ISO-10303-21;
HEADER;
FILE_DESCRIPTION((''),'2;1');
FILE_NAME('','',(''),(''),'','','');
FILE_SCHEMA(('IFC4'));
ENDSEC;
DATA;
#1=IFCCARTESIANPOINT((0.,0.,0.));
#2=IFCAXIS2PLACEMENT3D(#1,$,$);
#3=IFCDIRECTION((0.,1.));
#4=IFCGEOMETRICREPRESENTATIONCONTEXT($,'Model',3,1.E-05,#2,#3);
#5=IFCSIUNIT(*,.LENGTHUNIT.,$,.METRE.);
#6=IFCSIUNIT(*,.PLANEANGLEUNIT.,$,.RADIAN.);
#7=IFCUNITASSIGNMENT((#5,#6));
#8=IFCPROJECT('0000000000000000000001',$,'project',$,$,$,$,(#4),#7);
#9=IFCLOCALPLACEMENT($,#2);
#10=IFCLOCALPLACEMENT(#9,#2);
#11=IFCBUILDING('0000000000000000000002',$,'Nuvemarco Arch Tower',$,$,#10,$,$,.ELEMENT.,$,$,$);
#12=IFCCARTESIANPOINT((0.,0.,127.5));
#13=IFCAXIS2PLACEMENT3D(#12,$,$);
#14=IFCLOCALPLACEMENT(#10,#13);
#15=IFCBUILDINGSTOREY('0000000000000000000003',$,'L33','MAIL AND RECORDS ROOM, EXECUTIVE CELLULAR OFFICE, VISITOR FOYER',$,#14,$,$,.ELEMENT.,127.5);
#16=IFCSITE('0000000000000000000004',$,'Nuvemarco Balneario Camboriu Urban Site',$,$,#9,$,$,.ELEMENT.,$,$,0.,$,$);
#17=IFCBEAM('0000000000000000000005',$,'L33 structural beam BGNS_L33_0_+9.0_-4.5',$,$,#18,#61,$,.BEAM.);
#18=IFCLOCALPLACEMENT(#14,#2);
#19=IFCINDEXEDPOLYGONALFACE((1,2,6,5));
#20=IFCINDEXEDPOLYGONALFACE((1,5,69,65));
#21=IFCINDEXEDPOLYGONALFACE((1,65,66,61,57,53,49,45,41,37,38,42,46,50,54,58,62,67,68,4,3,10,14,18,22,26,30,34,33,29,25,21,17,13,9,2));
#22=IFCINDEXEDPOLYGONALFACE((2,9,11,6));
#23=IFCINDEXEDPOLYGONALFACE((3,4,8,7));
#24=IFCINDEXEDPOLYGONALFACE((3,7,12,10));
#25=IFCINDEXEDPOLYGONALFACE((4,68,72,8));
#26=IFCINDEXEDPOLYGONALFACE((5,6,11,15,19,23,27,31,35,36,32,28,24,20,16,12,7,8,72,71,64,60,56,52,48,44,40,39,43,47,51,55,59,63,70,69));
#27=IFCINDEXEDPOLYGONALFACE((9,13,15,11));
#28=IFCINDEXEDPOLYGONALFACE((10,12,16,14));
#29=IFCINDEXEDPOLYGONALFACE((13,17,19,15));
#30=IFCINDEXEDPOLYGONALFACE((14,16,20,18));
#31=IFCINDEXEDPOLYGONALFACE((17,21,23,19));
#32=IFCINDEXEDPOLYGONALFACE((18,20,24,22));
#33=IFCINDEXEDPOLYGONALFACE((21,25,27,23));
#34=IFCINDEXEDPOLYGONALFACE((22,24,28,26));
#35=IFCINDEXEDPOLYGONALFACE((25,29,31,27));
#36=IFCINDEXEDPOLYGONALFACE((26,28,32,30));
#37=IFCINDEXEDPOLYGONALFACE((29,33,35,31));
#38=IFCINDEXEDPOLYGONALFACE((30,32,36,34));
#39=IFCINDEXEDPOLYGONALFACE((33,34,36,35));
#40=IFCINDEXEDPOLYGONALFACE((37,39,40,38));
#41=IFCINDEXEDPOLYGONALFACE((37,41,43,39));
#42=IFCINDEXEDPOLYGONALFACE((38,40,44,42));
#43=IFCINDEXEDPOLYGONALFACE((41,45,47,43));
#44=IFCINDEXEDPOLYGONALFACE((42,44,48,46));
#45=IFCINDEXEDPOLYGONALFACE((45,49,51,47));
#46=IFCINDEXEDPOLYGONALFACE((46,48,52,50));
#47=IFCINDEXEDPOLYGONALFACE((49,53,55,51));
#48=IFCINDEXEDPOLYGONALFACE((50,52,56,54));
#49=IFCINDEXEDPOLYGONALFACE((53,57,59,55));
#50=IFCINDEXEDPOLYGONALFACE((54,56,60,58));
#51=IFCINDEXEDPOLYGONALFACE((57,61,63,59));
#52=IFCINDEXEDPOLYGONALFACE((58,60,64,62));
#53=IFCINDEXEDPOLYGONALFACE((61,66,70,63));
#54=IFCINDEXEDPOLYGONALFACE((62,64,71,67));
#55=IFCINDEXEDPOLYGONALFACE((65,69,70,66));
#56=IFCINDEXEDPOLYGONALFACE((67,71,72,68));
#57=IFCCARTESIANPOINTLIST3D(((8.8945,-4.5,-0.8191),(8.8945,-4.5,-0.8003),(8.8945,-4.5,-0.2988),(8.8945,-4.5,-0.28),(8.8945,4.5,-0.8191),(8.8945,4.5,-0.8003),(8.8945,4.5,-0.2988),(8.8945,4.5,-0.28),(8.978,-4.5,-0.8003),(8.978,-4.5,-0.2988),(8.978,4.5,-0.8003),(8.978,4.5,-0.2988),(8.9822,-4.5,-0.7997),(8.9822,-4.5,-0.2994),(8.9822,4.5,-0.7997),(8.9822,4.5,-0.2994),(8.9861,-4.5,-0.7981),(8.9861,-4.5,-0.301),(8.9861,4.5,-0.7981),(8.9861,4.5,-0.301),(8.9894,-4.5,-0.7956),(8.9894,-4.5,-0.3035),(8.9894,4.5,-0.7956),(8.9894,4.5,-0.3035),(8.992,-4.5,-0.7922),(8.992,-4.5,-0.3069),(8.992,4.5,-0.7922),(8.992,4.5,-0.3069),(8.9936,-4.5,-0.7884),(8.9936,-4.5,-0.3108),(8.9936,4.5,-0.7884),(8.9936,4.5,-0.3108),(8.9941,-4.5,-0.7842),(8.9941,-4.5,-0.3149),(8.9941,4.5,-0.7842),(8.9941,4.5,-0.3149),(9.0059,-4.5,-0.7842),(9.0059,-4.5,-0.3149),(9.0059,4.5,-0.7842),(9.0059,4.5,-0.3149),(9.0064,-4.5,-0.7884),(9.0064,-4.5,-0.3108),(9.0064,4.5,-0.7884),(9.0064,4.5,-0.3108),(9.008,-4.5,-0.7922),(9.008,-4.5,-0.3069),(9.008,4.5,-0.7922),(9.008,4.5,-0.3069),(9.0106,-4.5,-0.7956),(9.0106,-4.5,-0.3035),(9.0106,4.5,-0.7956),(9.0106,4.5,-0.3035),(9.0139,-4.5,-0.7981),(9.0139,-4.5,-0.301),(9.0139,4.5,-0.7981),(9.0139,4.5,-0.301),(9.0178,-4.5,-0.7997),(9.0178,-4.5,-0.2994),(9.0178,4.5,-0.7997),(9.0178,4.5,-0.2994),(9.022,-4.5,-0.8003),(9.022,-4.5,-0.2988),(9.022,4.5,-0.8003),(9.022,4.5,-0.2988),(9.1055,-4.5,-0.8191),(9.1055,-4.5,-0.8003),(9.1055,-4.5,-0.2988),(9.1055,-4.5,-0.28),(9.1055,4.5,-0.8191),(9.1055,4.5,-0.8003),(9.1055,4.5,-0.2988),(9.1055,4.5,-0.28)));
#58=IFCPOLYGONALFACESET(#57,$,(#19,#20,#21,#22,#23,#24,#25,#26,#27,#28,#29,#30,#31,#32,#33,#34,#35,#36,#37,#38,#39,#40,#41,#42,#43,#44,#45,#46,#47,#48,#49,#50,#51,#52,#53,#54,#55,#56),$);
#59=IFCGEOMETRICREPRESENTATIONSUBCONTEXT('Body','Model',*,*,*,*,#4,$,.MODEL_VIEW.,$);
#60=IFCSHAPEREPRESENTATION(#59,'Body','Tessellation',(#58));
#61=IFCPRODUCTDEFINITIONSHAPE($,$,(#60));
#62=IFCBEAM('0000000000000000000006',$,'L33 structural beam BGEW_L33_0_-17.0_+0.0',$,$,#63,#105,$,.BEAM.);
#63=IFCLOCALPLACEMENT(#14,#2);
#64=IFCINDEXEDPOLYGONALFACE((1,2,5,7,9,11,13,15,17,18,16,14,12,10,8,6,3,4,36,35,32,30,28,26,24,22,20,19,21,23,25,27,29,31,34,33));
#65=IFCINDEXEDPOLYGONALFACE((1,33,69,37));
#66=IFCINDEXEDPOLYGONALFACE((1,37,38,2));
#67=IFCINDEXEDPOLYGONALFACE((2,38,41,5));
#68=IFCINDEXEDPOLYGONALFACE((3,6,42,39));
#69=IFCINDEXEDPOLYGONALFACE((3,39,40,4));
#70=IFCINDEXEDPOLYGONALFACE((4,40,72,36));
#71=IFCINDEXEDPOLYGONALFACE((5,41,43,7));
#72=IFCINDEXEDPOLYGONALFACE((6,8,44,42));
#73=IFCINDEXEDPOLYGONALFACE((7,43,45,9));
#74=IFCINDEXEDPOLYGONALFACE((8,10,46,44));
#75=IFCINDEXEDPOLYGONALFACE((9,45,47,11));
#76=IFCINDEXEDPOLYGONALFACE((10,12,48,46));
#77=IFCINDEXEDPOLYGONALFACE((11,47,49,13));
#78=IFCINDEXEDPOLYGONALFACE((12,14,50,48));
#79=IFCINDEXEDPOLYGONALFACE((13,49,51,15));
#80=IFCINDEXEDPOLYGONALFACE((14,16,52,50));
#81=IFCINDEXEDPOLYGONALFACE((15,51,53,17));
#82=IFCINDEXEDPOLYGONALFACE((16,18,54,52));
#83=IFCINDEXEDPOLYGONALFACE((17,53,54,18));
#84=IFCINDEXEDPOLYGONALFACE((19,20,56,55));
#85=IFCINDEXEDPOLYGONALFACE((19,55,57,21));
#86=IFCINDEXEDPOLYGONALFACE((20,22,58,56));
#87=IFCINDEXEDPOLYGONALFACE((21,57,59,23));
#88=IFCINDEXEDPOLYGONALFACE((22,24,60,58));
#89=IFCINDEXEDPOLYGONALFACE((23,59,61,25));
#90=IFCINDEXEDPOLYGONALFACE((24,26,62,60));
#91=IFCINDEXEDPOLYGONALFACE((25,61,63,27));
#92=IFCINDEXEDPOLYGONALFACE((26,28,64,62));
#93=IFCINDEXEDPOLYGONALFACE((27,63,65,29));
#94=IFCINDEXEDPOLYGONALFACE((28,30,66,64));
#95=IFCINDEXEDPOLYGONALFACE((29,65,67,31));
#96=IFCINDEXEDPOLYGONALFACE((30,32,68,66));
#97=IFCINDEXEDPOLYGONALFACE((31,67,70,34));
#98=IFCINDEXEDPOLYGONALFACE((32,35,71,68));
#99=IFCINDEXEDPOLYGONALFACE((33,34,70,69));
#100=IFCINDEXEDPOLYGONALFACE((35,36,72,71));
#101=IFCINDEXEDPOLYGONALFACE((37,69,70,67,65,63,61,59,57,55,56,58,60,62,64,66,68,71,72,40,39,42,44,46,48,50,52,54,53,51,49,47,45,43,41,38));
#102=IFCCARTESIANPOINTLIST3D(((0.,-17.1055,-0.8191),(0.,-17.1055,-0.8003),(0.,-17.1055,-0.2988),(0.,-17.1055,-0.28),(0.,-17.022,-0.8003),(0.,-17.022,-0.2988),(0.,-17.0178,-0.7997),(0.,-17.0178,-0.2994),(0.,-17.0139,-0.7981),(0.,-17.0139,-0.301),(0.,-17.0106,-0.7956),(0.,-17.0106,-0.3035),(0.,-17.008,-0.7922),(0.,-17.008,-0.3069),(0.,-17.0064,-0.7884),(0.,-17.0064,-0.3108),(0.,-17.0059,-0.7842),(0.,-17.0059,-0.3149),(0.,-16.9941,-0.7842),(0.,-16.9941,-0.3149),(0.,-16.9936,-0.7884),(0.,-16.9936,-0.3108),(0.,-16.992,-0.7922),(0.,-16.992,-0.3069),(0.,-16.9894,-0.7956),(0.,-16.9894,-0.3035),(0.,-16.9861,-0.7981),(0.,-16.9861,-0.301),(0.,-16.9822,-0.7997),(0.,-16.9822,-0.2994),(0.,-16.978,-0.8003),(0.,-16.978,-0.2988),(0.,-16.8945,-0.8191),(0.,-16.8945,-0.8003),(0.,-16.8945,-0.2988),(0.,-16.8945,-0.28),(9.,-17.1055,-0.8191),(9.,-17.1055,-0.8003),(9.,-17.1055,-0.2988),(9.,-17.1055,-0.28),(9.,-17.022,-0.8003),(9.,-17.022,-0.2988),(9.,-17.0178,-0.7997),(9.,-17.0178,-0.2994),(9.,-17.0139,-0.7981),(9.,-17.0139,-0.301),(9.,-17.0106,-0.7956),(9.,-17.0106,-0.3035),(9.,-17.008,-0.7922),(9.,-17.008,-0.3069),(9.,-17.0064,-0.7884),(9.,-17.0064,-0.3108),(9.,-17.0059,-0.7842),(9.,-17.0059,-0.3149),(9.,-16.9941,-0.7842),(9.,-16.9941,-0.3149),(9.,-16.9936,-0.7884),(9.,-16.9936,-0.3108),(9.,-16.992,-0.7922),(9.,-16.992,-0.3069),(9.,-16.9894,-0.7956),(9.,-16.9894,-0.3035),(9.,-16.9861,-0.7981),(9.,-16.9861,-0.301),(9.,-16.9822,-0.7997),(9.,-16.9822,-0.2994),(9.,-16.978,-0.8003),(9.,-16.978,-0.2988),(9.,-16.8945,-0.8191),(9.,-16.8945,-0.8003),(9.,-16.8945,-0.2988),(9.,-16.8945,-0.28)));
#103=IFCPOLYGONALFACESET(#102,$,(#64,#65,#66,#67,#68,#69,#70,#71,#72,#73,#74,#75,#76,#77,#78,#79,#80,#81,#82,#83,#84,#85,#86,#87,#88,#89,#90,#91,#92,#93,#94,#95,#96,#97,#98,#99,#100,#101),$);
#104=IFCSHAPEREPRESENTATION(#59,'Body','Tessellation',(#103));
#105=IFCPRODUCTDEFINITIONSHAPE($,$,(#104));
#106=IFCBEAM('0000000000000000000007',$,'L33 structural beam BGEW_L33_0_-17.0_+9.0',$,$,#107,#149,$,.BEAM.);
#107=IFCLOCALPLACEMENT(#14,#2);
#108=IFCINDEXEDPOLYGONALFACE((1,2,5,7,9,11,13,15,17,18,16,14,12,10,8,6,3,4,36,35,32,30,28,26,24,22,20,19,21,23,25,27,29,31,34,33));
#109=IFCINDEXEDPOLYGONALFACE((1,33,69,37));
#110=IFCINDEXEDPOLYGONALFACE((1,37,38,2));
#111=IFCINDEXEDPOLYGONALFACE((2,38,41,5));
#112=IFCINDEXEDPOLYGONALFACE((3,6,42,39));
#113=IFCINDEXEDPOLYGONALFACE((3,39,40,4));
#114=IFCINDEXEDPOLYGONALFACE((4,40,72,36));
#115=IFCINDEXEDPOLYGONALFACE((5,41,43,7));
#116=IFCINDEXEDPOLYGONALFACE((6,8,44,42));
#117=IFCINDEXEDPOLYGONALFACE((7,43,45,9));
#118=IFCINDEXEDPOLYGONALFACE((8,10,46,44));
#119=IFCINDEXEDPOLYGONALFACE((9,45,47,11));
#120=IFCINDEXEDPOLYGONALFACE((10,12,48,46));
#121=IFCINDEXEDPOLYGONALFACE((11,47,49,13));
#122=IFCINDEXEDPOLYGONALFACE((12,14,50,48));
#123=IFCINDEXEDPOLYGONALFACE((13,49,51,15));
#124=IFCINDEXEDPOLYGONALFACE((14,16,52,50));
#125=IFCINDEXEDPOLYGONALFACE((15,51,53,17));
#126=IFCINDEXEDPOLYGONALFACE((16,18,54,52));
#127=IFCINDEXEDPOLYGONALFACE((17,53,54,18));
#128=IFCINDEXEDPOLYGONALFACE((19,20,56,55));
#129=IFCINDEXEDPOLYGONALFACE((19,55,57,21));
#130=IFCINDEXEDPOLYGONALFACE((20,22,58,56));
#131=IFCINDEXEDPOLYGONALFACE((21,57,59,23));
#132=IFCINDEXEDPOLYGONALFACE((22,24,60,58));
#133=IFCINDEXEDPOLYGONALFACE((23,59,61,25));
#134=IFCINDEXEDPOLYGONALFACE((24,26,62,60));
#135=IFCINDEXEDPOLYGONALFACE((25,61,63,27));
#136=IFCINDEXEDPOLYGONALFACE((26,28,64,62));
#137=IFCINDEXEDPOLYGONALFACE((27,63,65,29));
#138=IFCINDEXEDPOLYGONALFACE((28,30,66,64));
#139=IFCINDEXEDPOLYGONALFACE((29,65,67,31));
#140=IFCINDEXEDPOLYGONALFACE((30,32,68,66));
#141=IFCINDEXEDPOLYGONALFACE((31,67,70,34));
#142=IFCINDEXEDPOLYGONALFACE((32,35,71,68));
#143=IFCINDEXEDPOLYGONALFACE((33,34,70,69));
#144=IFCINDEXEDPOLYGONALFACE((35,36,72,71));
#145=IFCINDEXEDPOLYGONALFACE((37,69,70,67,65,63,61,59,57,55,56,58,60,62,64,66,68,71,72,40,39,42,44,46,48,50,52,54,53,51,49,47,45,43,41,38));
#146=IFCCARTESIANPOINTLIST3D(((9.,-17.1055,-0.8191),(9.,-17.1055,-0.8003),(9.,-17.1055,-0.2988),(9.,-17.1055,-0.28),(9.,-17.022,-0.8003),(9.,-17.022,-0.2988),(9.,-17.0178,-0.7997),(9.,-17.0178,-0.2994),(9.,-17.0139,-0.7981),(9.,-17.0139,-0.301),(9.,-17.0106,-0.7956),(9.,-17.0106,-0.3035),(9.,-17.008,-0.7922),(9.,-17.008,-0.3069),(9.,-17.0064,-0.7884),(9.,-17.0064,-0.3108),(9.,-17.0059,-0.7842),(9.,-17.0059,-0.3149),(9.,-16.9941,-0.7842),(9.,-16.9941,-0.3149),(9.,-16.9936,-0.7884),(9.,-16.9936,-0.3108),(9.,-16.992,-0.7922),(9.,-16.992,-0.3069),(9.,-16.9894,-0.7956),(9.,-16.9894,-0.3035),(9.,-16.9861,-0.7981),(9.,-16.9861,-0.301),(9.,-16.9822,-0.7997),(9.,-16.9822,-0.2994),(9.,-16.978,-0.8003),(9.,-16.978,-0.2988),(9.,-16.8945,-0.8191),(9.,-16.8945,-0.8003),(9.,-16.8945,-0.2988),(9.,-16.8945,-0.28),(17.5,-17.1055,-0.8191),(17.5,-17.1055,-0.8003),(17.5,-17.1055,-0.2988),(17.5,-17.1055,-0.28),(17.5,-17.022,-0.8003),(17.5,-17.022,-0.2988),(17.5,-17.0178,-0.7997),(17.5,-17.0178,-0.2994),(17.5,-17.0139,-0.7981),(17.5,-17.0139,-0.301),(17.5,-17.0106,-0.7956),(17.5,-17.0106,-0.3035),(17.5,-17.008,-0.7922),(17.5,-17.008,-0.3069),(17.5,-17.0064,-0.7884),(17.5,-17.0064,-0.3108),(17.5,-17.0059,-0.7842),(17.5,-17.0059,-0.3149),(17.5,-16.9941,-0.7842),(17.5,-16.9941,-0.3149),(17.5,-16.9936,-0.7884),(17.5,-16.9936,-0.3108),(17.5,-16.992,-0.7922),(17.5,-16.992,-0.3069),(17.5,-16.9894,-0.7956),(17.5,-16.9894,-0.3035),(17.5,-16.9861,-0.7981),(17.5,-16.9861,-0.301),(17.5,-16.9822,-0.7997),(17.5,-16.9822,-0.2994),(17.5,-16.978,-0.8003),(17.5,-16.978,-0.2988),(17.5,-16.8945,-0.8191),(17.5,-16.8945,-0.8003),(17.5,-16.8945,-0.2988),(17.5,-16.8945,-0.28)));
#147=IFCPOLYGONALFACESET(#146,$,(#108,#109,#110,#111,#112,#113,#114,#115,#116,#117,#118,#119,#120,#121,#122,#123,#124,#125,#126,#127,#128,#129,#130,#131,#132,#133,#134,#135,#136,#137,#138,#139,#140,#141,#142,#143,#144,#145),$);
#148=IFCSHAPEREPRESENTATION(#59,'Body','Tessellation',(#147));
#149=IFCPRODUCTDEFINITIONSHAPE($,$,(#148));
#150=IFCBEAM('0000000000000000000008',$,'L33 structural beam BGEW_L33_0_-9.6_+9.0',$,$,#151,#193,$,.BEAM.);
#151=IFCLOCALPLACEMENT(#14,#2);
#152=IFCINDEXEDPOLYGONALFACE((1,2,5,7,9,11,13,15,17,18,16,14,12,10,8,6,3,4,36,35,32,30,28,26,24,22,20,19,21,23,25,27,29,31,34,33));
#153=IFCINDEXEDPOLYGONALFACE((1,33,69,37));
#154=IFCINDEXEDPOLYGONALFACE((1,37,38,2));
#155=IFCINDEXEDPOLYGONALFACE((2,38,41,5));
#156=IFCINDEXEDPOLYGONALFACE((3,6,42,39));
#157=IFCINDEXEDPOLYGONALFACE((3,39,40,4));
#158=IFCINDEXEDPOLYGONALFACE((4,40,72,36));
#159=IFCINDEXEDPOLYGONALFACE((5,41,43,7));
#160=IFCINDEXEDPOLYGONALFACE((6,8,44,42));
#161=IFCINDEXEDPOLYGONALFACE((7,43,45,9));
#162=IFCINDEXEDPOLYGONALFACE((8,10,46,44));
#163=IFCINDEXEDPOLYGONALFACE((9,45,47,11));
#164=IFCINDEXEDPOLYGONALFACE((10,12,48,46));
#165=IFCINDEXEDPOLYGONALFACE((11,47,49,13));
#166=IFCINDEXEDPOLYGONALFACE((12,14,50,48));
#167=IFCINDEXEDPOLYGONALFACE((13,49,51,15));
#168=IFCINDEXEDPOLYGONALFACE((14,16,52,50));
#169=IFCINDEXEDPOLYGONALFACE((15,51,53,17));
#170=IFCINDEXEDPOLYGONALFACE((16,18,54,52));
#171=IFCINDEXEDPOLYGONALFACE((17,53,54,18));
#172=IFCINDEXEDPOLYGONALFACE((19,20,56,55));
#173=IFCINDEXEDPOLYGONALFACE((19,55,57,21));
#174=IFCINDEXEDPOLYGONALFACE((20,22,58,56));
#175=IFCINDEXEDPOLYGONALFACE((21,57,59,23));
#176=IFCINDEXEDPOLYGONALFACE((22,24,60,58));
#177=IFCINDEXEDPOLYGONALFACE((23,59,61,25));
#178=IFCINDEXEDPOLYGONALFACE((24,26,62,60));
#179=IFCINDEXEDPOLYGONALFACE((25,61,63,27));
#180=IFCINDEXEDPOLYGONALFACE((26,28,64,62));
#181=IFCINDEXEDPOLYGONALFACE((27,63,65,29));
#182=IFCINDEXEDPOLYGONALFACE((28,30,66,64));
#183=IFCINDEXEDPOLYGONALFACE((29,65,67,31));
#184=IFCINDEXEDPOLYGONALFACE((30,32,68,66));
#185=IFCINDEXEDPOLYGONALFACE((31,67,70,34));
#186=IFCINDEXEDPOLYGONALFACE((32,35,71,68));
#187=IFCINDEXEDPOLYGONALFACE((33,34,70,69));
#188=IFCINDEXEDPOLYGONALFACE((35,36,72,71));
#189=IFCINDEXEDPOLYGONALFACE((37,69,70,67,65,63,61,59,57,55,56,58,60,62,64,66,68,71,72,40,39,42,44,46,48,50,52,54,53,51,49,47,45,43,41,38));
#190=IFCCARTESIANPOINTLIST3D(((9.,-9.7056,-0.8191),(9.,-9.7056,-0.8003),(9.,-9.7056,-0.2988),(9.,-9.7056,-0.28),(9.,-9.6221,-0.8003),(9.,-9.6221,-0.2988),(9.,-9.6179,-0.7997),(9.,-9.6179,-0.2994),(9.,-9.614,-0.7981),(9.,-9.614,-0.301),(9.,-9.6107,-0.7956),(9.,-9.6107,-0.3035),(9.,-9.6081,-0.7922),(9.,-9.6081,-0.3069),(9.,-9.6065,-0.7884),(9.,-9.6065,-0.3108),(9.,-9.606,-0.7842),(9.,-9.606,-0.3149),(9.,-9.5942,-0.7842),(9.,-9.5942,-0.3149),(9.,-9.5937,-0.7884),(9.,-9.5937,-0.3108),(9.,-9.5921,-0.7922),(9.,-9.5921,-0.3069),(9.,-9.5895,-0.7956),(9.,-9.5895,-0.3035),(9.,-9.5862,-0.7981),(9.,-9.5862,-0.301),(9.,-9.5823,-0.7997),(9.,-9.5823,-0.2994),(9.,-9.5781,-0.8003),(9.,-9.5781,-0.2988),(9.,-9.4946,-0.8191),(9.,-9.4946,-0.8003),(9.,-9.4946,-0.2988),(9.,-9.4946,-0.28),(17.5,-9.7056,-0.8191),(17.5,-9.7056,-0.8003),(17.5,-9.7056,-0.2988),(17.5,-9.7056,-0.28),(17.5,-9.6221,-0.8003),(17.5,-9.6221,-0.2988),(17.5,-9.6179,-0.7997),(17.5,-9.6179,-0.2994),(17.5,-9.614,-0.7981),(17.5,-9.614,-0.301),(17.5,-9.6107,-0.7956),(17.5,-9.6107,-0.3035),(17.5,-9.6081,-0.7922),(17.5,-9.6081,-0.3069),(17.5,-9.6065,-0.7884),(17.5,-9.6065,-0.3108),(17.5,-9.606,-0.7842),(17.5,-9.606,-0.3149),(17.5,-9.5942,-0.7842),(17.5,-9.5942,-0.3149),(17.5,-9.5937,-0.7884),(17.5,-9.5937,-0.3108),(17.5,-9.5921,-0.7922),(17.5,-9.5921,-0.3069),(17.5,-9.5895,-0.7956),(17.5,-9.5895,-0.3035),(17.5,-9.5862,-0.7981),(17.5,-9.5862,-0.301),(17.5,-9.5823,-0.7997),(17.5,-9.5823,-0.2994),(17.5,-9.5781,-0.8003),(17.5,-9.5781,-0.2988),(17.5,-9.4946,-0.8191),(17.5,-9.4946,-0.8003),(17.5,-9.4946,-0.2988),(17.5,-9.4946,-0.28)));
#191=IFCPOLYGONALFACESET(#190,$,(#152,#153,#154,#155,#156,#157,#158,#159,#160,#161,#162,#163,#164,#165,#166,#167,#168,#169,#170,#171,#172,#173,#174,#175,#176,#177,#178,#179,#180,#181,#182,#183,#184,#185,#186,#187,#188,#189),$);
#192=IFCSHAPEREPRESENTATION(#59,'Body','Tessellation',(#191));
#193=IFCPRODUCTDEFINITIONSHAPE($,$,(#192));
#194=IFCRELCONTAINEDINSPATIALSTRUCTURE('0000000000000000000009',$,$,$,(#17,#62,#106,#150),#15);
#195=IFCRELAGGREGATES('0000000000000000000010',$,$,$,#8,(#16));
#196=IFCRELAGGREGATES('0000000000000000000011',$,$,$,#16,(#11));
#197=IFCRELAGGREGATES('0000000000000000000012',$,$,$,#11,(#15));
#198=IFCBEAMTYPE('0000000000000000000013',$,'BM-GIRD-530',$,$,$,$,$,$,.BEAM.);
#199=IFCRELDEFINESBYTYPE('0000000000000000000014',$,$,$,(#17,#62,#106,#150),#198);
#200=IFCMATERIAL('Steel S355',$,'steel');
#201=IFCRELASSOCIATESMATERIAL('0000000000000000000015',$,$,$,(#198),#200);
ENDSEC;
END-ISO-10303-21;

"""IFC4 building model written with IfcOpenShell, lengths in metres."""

from ifc_helpers import new_model, si_unit, direction, frame, origin, origin_2d, place, context, subcontext, project, spatial, i_section, extrude, material, material_profile, profile_set, type_object, element, save


model = new_model("IFC4")

# Units and contexts
model_context = context("Model", 3, precision=1e-05, world=origin(), true_north=direction((0.0, 1.0)))
body_context = subcontext(model_context, "Body", "Model", "MODEL_VIEW")
ifc_project = project(units=[si_unit("LENGTHUNIT", "METRE"), si_unit("PLANEANGLEUNIT", "RADIAN")], contexts=[model_context])

# Site, building, storey
site_placement = place(None, origin())
site = spatial("IfcSite", under=ifc_project, at=site_placement, Name="Nuvemarco Balneario Camboriu Urban Site", CompositionType="ELEMENT", RefElevation=0.0)
building_placement = place(site_placement, origin())
building = spatial("IfcBuilding", under=site, at=building_placement, Name="Nuvemarco Arch Tower", CompositionType="ELEMENT")
storey_placement = place(building_placement, frame((0.0, 0.0, 127.5)))
storey = spatial("IfcBuildingStorey", under=building, at=storey_placement, Name="L33", Description="MAIL AND RECORDS ROOM, EXECUTIVE CELLULAR OFFICE, VISITOR FOYER", CompositionType="ELEMENT", Elevation=127.5)

# Shared definitions
ifc_material_1 = material(Name="Steel S355", Category="steel")

# Beams
ifc_material_profile_1 = material_profile(ifc_material_1, i_section(OverallWidth=0.2109, OverallDepth=0.5391, WebThickness=0.0117, FlangeThickness=0.0188, FilletRadius=0.0161, at=origin_2d()), Name="W530x109")
ifc_profile_set_1 = profile_set([ifc_material_profile_1], Name="Steel S355")
beam_type_1 = type_object("IfcBeamType", Name="BM-GIRD-530", PredefinedType="BEAM", material=ifc_profile_set_1)
for number, where, z_axis, x_axis, name in (
    (1, (9.0, -4.5, -0.5496), (0.0, 1.0, 0.0), (-1.0, 0.0, 0.0), "L33 structural beam BGNS_L33_0_+9.0_-4.5"),
    (2, (0.0, -17.0, -0.5496), (1.0, 0.0, 0.0), (0.0, 1.0, 0.0), "L33 structural beam BGEW_L33_0_-17.0_+0.0"),
):
    element("IfcBeam", number, at=place(storey_placement, frame(where, z_axis=z_axis, x_axis=x_axis)), inside=storey, type_object=beam_type_1, Name=name, PredefinedType="BEAM", context=body_context, shape_type="SweptSolid", body=[
        extrude(i_section(OverallWidth=0.2109, OverallDepth=0.5391, WebThickness=0.0117, FlangeThickness=0.0188, FilletRadius=0.0161, at=origin_2d()), origin(), (0.0, 0.0, 1.0), 9.0),
    ])
for number, where, z_axis, x_axis, name in (
    (3, (9.0, -17.0, -0.5496), (1.0, 0.0, 0.0), (0.0, 1.0, 0.0), "L33 structural beam BGEW_L33_0_-17.0_+9.0"),
    (4, (9.0, -9.6001, -0.5496), (1.0, 0.0, 0.0), (0.0, 1.0, 0.0), "L33 structural beam BGEW_L33_0_-9.6_+9.0"),
):
    element("IfcBeam", number, at=place(storey_placement, frame(where, z_axis=z_axis, x_axis=x_axis)), inside=storey, type_object=beam_type_1, Name=name, PredefinedType="BEAM", context=body_context, shape_type="SweptSolid", body=[
        extrude(i_section(OverallWidth=0.2109, OverallDepth=0.5391, WebThickness=0.0117, FlangeThickness=0.0188, FilletRadius=0.0161, at=origin_2d()), origin(), (0.0, 0.0, 1.0), 8.5),
    ])

save(model, "model.ifc")
